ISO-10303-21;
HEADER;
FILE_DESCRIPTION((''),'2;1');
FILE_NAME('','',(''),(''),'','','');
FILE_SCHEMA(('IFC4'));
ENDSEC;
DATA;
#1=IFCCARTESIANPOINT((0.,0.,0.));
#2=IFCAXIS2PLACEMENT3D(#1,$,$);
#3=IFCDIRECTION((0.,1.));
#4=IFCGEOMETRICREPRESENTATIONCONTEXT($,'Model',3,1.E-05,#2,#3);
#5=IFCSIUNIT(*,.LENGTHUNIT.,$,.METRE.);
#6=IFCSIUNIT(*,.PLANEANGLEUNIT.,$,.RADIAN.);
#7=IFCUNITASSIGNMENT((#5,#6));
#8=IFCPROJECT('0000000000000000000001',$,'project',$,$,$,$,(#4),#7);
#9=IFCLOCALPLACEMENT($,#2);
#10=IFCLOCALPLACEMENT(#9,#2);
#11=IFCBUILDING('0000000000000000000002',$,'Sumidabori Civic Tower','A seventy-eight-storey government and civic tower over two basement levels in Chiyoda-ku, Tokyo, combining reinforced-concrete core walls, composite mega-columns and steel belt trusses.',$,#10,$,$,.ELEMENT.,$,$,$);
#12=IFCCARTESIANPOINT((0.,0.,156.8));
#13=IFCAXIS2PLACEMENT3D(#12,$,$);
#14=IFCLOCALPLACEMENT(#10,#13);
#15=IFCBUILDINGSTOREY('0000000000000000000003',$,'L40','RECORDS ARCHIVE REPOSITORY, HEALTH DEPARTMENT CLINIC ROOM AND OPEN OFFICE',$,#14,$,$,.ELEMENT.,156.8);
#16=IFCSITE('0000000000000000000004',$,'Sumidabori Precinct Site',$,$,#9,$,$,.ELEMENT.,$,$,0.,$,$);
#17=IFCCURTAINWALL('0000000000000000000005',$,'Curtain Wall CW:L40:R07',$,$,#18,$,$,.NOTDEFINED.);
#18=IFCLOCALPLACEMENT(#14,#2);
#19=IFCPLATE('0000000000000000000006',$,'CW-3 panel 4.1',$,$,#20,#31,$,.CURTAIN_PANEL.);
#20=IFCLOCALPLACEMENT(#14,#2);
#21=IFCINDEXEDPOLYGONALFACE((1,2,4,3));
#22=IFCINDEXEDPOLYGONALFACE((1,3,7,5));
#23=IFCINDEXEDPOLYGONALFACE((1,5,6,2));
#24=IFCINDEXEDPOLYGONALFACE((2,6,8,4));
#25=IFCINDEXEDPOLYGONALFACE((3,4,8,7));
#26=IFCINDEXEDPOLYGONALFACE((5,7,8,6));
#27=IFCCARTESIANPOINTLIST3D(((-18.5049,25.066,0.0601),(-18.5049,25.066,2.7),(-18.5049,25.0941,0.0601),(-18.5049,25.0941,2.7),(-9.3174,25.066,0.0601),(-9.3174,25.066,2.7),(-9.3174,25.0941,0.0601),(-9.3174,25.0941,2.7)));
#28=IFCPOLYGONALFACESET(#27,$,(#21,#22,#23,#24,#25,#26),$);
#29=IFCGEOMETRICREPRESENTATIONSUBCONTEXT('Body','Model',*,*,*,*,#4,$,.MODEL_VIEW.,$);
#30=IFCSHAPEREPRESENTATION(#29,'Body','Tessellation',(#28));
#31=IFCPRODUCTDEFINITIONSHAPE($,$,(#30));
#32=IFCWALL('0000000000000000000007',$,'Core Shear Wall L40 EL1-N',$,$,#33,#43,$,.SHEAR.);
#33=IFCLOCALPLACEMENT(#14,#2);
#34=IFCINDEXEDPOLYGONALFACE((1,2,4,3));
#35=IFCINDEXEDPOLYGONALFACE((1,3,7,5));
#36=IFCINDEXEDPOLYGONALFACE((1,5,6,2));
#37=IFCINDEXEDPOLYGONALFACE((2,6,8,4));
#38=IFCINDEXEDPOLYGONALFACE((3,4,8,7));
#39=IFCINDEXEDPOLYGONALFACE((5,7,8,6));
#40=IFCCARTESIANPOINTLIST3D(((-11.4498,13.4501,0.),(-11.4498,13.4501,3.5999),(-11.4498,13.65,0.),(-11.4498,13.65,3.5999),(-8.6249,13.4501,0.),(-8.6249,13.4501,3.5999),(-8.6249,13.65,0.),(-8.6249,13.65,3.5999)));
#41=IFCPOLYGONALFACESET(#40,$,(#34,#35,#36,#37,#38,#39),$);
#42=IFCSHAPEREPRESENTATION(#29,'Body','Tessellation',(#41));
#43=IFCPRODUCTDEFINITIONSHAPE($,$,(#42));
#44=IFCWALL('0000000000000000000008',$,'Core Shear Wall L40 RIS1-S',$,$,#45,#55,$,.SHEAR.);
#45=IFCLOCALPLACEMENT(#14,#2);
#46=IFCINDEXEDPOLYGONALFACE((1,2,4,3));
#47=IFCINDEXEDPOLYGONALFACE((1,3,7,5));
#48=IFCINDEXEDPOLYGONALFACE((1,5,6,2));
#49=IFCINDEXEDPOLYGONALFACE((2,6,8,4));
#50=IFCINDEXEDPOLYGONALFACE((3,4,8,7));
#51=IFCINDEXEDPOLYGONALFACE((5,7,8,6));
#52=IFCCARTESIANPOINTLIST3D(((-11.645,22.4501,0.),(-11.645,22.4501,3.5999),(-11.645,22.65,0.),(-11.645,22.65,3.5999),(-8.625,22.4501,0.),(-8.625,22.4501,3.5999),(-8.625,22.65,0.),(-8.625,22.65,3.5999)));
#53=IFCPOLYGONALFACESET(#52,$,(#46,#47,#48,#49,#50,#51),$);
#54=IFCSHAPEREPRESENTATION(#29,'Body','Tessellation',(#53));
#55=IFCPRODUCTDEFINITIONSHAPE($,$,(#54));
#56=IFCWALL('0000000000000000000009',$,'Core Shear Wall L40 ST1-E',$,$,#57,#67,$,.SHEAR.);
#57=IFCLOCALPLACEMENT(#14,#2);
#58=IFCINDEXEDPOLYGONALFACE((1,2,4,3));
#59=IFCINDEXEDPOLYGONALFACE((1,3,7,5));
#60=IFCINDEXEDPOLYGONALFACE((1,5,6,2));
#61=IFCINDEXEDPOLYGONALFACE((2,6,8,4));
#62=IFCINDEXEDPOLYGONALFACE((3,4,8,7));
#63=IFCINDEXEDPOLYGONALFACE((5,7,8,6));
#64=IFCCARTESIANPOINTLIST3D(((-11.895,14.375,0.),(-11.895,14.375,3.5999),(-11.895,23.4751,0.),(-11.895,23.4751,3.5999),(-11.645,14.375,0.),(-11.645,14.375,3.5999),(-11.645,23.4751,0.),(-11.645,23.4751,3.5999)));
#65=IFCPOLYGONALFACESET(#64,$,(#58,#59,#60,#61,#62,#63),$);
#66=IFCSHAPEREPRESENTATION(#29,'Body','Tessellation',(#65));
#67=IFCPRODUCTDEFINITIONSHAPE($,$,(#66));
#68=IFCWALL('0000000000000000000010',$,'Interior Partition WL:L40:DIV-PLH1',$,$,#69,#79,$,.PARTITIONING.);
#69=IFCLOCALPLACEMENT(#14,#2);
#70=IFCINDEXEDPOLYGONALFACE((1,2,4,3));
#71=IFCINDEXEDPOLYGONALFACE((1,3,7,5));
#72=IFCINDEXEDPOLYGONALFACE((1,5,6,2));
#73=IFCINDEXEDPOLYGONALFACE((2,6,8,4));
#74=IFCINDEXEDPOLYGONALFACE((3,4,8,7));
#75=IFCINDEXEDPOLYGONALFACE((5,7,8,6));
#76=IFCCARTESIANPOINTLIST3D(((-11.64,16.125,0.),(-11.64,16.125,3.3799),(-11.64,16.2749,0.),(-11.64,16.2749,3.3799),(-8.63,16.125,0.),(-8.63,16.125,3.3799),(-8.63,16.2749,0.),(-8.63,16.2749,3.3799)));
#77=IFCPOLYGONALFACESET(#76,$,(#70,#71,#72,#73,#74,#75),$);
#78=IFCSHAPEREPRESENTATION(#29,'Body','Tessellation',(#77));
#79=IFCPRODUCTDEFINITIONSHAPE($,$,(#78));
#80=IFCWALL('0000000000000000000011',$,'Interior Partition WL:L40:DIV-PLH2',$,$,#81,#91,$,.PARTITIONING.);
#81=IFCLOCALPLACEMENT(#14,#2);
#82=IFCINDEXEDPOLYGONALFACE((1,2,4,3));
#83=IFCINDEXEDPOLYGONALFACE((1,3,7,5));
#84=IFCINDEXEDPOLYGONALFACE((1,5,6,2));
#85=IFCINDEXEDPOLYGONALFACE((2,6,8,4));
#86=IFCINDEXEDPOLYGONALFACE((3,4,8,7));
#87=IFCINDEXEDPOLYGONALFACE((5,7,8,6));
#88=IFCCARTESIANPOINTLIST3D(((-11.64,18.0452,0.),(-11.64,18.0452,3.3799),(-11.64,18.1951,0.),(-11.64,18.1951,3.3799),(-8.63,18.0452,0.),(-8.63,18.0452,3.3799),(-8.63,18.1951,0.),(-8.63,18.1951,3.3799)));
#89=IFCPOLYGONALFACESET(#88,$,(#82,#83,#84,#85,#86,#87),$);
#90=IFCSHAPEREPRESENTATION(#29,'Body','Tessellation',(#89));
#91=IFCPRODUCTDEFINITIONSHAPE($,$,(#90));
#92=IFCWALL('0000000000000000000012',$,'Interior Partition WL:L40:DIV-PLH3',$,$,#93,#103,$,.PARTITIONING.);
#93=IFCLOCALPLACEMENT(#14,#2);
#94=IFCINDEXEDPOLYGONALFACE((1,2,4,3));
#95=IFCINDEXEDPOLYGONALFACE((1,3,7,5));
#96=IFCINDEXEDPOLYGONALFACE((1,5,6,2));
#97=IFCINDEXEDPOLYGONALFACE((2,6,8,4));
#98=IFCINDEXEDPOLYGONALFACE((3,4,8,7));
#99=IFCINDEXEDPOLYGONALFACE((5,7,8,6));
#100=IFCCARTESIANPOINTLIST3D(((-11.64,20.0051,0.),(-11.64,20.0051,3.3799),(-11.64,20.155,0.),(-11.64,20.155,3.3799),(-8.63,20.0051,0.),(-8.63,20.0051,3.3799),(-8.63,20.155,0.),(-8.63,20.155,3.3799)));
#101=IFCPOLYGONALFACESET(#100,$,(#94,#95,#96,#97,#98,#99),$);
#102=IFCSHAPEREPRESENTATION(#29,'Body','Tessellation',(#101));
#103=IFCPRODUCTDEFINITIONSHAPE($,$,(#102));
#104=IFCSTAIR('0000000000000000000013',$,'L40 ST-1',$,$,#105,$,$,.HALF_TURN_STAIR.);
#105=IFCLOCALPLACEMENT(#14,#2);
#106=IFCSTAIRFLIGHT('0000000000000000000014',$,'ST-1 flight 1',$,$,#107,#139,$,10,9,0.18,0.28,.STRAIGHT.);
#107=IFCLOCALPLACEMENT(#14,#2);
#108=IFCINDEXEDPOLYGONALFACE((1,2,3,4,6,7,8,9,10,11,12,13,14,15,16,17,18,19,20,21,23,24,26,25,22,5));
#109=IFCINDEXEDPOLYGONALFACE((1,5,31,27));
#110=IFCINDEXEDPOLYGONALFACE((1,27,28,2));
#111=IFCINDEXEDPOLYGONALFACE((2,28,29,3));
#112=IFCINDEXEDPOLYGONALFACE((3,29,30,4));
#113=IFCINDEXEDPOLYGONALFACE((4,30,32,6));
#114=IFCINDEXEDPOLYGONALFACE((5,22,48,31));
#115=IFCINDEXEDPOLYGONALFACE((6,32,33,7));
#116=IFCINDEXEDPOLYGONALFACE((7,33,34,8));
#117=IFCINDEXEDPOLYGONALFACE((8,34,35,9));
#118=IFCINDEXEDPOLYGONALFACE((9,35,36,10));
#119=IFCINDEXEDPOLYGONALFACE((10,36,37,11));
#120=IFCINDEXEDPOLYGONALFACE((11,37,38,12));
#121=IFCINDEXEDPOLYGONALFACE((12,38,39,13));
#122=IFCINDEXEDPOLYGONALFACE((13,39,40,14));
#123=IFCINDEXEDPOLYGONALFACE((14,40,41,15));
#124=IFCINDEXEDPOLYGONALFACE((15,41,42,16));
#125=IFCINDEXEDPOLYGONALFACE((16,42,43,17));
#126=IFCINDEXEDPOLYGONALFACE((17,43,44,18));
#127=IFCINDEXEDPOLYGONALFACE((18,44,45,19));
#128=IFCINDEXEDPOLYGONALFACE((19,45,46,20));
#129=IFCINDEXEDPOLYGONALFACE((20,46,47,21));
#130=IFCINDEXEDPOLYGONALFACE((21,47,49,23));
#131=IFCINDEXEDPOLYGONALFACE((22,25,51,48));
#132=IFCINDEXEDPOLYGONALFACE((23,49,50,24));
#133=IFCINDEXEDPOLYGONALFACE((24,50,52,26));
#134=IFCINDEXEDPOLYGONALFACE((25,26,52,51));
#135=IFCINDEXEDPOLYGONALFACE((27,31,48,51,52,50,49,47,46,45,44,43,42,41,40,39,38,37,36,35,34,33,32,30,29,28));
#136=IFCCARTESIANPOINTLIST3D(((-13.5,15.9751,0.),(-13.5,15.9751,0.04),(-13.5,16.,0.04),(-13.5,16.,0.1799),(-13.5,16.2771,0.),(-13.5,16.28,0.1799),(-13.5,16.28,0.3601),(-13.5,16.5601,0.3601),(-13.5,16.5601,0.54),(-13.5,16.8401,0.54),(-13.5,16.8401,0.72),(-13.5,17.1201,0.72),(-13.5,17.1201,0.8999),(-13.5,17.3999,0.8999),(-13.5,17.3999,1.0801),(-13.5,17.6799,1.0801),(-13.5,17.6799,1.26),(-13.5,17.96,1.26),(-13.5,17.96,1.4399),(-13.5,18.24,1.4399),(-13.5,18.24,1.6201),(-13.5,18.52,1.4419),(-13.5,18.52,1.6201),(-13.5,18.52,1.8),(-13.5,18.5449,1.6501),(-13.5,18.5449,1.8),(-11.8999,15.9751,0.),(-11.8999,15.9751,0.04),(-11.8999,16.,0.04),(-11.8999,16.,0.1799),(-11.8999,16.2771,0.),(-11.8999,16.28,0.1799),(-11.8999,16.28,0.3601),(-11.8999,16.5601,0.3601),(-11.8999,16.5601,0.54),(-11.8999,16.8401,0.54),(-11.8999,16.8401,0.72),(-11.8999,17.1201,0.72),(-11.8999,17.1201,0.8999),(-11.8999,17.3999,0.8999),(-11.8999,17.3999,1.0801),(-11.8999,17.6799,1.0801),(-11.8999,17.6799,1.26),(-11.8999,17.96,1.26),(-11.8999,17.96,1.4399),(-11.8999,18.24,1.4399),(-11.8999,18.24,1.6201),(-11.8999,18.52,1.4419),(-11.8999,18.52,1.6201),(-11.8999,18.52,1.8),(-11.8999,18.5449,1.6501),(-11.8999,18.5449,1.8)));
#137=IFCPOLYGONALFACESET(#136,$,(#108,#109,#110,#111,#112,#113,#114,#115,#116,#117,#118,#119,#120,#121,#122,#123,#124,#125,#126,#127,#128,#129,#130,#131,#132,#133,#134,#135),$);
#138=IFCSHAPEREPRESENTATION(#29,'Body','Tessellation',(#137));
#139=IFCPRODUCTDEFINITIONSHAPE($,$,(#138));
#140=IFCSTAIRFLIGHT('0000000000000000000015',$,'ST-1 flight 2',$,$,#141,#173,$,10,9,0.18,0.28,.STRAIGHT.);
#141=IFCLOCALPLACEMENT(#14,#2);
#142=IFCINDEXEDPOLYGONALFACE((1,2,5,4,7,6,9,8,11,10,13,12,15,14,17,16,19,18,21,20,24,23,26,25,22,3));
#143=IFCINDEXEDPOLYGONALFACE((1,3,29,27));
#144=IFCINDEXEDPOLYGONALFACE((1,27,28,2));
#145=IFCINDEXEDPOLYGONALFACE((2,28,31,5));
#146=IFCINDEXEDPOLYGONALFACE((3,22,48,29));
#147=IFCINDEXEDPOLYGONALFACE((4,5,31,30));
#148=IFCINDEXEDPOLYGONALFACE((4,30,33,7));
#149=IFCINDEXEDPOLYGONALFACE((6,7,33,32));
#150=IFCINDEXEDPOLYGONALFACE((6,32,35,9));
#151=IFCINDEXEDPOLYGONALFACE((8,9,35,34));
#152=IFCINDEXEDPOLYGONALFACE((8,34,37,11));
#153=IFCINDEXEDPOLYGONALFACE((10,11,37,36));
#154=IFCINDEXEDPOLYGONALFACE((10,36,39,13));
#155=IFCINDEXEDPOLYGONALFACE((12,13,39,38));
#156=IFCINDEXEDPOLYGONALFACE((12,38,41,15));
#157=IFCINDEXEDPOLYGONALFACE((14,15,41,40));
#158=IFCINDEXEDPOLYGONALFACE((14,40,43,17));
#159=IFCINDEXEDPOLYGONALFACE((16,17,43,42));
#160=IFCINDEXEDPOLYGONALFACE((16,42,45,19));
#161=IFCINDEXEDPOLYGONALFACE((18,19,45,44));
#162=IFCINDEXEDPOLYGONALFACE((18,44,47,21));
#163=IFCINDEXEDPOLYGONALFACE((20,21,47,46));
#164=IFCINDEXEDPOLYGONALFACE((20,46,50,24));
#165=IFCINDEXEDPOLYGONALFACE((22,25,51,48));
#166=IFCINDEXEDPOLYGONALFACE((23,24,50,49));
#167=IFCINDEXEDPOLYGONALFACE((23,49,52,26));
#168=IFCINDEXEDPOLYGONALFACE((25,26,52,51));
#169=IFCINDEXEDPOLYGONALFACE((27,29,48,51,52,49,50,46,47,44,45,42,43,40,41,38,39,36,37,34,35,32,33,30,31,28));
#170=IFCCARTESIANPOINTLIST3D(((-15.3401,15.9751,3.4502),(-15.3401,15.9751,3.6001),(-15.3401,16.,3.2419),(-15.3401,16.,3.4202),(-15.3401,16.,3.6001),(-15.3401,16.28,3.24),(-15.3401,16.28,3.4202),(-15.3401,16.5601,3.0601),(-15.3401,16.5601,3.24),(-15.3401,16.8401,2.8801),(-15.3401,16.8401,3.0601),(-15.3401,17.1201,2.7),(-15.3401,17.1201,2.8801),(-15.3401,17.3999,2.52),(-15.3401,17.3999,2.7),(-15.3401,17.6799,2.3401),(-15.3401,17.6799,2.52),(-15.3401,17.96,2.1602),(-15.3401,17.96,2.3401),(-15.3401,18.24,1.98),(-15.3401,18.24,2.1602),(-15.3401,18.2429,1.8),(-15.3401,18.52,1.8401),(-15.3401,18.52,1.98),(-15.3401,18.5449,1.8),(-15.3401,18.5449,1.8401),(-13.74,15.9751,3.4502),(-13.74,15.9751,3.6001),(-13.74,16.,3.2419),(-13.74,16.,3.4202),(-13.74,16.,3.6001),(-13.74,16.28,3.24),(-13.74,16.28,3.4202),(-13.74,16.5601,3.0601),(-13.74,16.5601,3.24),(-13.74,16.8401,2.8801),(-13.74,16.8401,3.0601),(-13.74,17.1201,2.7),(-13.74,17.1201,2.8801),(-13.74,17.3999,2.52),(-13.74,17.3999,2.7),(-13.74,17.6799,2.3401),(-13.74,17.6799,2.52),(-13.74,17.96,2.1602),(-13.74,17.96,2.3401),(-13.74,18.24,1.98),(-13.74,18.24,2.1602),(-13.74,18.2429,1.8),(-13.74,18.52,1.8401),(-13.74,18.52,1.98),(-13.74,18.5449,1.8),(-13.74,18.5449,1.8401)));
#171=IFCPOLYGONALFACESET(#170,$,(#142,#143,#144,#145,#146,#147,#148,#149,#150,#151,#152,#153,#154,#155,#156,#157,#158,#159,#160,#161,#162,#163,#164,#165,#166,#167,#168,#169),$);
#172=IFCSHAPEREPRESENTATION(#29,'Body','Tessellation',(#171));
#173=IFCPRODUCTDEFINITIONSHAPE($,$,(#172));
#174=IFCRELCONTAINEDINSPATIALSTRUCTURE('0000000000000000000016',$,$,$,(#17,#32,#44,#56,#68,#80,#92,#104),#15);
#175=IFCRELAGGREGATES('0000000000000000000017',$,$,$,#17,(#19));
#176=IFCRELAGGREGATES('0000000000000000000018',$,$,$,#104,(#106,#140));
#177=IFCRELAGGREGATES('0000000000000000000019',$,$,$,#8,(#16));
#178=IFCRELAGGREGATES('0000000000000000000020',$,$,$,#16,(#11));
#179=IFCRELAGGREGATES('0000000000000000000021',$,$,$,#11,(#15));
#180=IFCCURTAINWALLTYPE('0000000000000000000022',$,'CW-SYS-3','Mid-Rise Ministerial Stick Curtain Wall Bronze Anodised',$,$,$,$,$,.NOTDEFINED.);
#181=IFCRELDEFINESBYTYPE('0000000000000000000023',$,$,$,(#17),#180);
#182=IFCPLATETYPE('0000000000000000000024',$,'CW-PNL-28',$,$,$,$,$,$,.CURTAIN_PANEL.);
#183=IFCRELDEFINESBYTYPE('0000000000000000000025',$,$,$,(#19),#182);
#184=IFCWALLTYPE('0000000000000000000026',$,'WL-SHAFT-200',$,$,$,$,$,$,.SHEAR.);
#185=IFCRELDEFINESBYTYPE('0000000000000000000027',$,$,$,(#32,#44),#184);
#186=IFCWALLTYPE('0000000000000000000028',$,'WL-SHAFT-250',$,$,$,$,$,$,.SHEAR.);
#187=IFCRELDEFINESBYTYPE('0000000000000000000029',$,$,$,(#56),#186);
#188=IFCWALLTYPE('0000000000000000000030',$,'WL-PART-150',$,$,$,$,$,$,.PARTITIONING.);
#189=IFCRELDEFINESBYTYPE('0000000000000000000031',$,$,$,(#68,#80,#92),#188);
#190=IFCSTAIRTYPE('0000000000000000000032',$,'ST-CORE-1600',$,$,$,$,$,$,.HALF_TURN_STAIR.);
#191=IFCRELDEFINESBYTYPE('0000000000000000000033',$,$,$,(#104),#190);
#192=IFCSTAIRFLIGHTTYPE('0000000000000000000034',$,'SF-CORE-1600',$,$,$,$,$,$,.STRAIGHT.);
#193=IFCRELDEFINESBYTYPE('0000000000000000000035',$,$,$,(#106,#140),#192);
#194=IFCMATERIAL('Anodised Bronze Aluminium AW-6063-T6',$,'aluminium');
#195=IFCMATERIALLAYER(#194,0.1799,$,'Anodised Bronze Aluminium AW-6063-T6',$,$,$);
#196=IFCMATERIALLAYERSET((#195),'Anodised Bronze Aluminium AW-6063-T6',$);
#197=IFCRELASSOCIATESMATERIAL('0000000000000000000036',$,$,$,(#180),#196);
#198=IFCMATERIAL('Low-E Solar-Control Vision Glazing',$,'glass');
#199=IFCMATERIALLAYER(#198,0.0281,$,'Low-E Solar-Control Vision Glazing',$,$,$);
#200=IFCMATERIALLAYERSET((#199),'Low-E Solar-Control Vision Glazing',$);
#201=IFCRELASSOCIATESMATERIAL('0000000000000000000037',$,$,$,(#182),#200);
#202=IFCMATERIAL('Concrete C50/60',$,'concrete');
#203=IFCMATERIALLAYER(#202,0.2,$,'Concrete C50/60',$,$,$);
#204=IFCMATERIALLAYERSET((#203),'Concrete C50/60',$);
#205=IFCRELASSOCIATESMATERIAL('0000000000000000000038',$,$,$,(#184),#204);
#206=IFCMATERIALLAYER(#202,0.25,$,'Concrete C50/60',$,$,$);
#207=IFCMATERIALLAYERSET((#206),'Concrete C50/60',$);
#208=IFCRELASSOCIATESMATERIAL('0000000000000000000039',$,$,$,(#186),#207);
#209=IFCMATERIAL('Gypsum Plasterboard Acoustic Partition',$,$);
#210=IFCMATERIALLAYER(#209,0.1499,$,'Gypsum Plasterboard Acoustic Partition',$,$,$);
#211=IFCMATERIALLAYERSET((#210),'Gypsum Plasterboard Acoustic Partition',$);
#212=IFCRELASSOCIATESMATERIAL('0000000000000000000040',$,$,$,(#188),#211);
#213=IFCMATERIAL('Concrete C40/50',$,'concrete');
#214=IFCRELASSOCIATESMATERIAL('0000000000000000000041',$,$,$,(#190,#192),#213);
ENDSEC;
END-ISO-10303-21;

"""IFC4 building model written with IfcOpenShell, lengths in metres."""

from ifc_helpers import new_model, si_unit, direction, frame, frame_2d, origin, origin_2d, place, context, subcontext, project, spatial, polyline, rectangle, outline, extrude, source, transform, mapped, material, layer, layer_set, type_object, element, aggregate, save


model = new_model("IFC4")

# Units and contexts
model_context = context("Model", 3, precision=1e-05, world=origin(), true_north=direction((0.0, 1.0)))
body_context = subcontext(model_context, "Body", "Model", "MODEL_VIEW")
ifc_project = project(units=[si_unit("LENGTHUNIT", "METRE"), si_unit("PLANEANGLEUNIT", "RADIAN")], contexts=[model_context])

# Site, building, storey
site_placement = place(None, origin())
site = spatial("IfcSite", under=ifc_project, at=site_placement, Name="Sumidabori Precinct Site", CompositionType="ELEMENT", RefElevation=0.0)
building_placement = place(site_placement, origin())
building = spatial("IfcBuilding", under=site, at=building_placement, Name="Sumidabori Civic Tower", Description="A seventy-eight-storey government and civic tower over two basement levels in Chiyoda-ku, Tokyo, combining reinforced-concrete core walls, composite mega-columns and steel belt trusses.", CompositionType="ELEMENT")
storey_placement = place(building_placement, frame((0.0, 0.0, 156.8)))
storey = spatial("IfcBuildingStorey", under=building, at=storey_placement, Name="L40", Description="RECORDS ARCHIVE REPOSITORY, HEALTH DEPARTMENT CLINIC ROOM AND OPEN OFFICE", CompositionType="ELEMENT", Elevation=156.8)

# Curtain wall, plate
ifc_material_1 = material(Name="Anodised Bronze Aluminium AW-6063-T6", Category="aluminium")
ifc_layer_1 = layer(ifc_material_1, 0.1799, Name="Anodised Bronze Aluminium AW-6063-T6")
ifc_layer_set_1 = layer_set([ifc_layer_1], Name="Anodised Bronze Aluminium AW-6063-T6")
curtain_wall_type = type_object("IfcCurtainWallType", Name="CW-SYS-3", Description="Mid-Rise Ministerial Stick Curtain Wall Bronze Anodised", PredefinedType="NOTDEFINED", material=ifc_layer_set_1)
curtain_wall_placement = place(storey_placement, origin())
curtain_wall = element("IfcCurtainWall", 1, at=curtain_wall_placement, inside=storey, type_object=curtain_wall_type, Name="Curtain Wall CW:L40:R07", PredefinedType="NOTDEFINED")
ifc_material_2 = material(Name="Low-E Solar-Control Vision Glazing", Category="glass")
ifc_layer_2 = layer(ifc_material_2, 0.0281, Name="Low-E Solar-Control Vision Glazing")
ifc_layer_set_2 = layer_set([ifc_layer_2], Name="Low-E Solar-Control Vision Glazing")
plate_type = type_object("IfcPlateType", Name="CW-PNL-28", PredefinedType="CURTAIN_PANEL", material=ifc_layer_set_2)
shared_shape_1 = source(origin(), body_context, "Body", "SweptSolid", [
    extrude(rectangle(XDim=9.1875, YDim=0.0281, at=origin_2d()), origin(), (0.0, 0.0, 1.0), 2.6399),
])
plate_placement = place(storey_placement, frame((-13.9111, 25.0801, 0.0601), z_axis=(0.0, 0.0, 1.0), x_axis=(-1.0, 0.0, 0.0)))
plate = element("IfcPlate", 2, at=plate_placement, type_object=plate_type, Name="CW-3 panel 4.1", PredefinedType="CURTAIN_PANEL", context=body_context, shape_type="MappedRepresentation", body=[
    mapped(shared_shape_1, transform((0.0, 0.0, 0.0), x_axis=(1.0, 0.0, 0.0), y_axis=(0.0, 1.0, 0.0), z_axis=(0.0, 0.0, 1.0), scale=1.0)),
])
aggregate(curtain_wall, [plate])

# Walls
ifc_material_3 = material(Name="Concrete C50/60", Category="concrete")
ifc_layer_3 = layer(ifc_material_3, 0.2, Name="Concrete C50/60")
ifc_layer_set_3 = layer_set([ifc_layer_3], Name="Concrete C50/60")
wall_type_1 = type_object("IfcWallType", Name="WL-SHAFT-200", PredefinedType="SHEAR", material=ifc_layer_set_3)
shared_shape_2 = source(origin(), body_context, "Body", "SweptSolid", [
    extrude(rectangle(XDim=2.825, YDim=0.2, at=frame_2d((1.4126, 0.0))), origin(), (0.0, 0.0, 1.0), 3.5999),
])
wall_1_placement = place(storey_placement, frame((-11.45, 13.55, 0.0), z_axis=(0.0, 0.0, 1.0), x_axis=(1.0, 0.0, 0.0)))
element("IfcWall", 3, at=wall_1_placement, inside=storey, type_object=wall_type_1, Name="Core Shear Wall L40 EL1-N", PredefinedType="SHEAR", context=body_context, shape_type="MappedRepresentation", body=[
    mapped(shared_shape_2, transform((0.0, 0.0, 0.0), x_axis=(1.0, 0.0, 0.0), y_axis=(0.0, 1.0, 0.0), z_axis=(0.0, 0.0, 1.0), scale=1.0)),
])
shared_shape_3 = source(origin(), body_context, "Body", "SweptSolid", [
    extrude(rectangle(XDim=3.02, YDim=0.2, at=frame_2d((1.51, 0.0))), origin(), (0.0, 0.0, 1.0), 3.5999),
])
wall_2_placement = place(storey_placement, frame((-11.645, 22.55, 0.0), z_axis=(0.0, 0.0, 1.0), x_axis=(1.0, 0.0, 0.0)))
element("IfcWall", 4, at=wall_2_placement, inside=storey, type_object=wall_type_1, Name="Core Shear Wall L40 RIS1-S", PredefinedType="SHEAR", context=body_context, shape_type="MappedRepresentation", body=[
    mapped(shared_shape_3, transform((0.0, 0.0, 0.0), x_axis=(1.0, 0.0, 0.0), y_axis=(0.0, 1.0, 0.0), z_axis=(0.0, 0.0, 1.0), scale=1.0)),
])

# Shared definitions
ifc_layer_4 = layer(ifc_material_3, 0.25, Name="Concrete C50/60")
ifc_layer_set_4 = layer_set([ifc_layer_4], Name="Concrete C50/60")
wall_type_2 = type_object("IfcWallType", Name="WL-SHAFT-250", PredefinedType="SHEAR", material=ifc_layer_set_4)

# Wall
shared_shape_4 = source(origin(), body_context, "Body", "SweptSolid", [
    extrude(rectangle(XDim=9.1001, YDim=0.25, at=frame_2d((4.55, 0.0))), origin(), (0.0, 0.0, 1.0), 3.5999),
])
wall_3_placement = place(storey_placement, frame((-11.77, 14.375, 0.0), z_axis=(0.0, 0.0, 1.0), x_axis=(0.0, 1.0, 0.0)))
element("IfcWall", 5, at=wall_3_placement, inside=storey, type_object=wall_type_2, Name="Core Shear Wall L40 ST1-E", PredefinedType="SHEAR", context=body_context, shape_type="MappedRepresentation", body=[
    mapped(shared_shape_4, transform((0.0, 0.0, 0.0), x_axis=(1.0, 0.0, 0.0), y_axis=(0.0, 1.0, 0.0), z_axis=(0.0, 0.0, 1.0), scale=1.0)),
])

# Walls
ifc_material_4 = material(Name="Gypsum Plasterboard Acoustic Partition")
ifc_layer_5 = layer(ifc_material_4, 0.1499, Name="Gypsum Plasterboard Acoustic Partition")
ifc_layer_set_5 = layer_set([ifc_layer_5], Name="Gypsum Plasterboard Acoustic Partition")
wall_type_3 = type_object("IfcWallType", Name="WL-PART-150", PredefinedType="PARTITIONING", material=ifc_layer_set_5)
shared_shape_5 = source(origin(), body_context, "Body", "SweptSolid", [
    extrude(rectangle(XDim=3.01, YDim=0.1499, at=frame_2d((1.5049, 0.0))), origin(), (0.0, 0.0, 1.0), 3.3799),
])
for number, where, z_axis, x_axis, name in (
    (6, (-11.6399, 16.2, 0.0), (0.0, 0.0, 1.0), (1.0, 0.0, 0.0), "Interior Partition WL:L40:DIV-PLH1"),
    (7, (-11.6399, 18.1201, 0.0), (0.0, 0.0, 1.0), (1.0, 0.0, 0.0), "Interior Partition WL:L40:DIV-PLH2"),
    (8, (-11.6399, 20.0801, 0.0), (0.0, 0.0, 1.0), (1.0, 0.0, 0.0), "Interior Partition WL:L40:DIV-PLH3"),
):
    element("IfcWall", number, at=place(storey_placement, frame(where, z_axis=z_axis, x_axis=x_axis)), inside=storey, type_object=wall_type_3, Name=name, PredefinedType="PARTITIONING", context=body_context, shape_type="MappedRepresentation", body=[
        mapped(shared_shape_5, transform((0.0, 0.0, 0.0), x_axis=(1.0, 0.0, 0.0), y_axis=(0.0, 1.0, 0.0), z_axis=(0.0, 0.0, 1.0), scale=1.0)),
    ])

# Stair, stair flights
ifc_material_5 = material(Name="Concrete C40/50", Category="concrete")
stair_type = type_object("IfcStairType", Name="ST-CORE-1600", PredefinedType="HALF_TURN_STAIR", material=ifc_material_5)
stair_placement = place(storey_placement, origin())
stair = element("IfcStair", 9, at=stair_placement, inside=storey, type_object=stair_type, Name="L40 ST-1", PredefinedType="HALF_TURN_STAIR")
stair_flight_type = type_object("IfcStairFlightType", Name="SF-CORE-1600", PredefinedType="STRAIGHT", material=ifc_material_5)
shared_shape_6 = source(origin(), body_context, "Body", "SweptSolid", [
    extrude(outline(polyline([(-0.0249, 0.0), (-0.0249, 0.04), (0.0, 0.04), (0.0, 0.1799), (0.28, 0.1799), (0.28, 0.3601), (0.5601, 0.3601), (0.5601, 0.54), (0.8401, 0.54), (0.8401, 0.72), (1.1201, 0.72), (1.1201, 0.8999), (1.3999, 0.8999), (1.3999, 1.0801), (1.6799, 1.0801), (1.6799, 1.26), (1.96, 1.26), (1.96, 1.4399), (2.24, 1.4399), (2.24, 1.6201), (2.52, 1.6201), (2.52, 1.8), (2.5449, 1.8), (2.5449, 1.6501), (2.52, 1.4419), (0.2771, 0.0), (-0.0249, 0.0)])), frame((0.0, 0.8, 0.0), z_axis=(0.0, -1.0, 0.0), x_axis=(1.0, 0.0, 0.0)), (0.0, 0.0, 1.0), 1.6001),
])
stair_flight_1_placement = place(storey_placement, frame((-12.7, 16.0, 0.0), z_axis=(0.0, 0.0, 1.0), x_axis=(0.0, 1.0, 0.0)))
stair_flight_1 = element("IfcStairFlight", 10, at=stair_flight_1_placement, type_object=stair_flight_type, Name="ST-1 flight 1", NumberOfRisers=10, NumberOfTreads=9, PredefinedType="STRAIGHT", RiserHeight=0.18, TreadLength=0.28, context=body_context, shape_type="MappedRepresentation", body=[
    mapped(shared_shape_6, transform((0.0, 0.0, 0.0), x_axis=(1.0, 0.0, 0.0), y_axis=(0.0, 1.0, 0.0), z_axis=(0.0, 0.0, 1.0), scale=1.0)),
])
stair_flight_2_placement = place(storey_placement, frame((-14.54, 18.52, 1.8), z_axis=(0.0, 0.0, 1.0), x_axis=(0.0, -1.0, 0.0)))
stair_flight_2 = element("IfcStairFlight", 11, at=stair_flight_2_placement, type_object=stair_flight_type, Name="ST-1 flight 2", NumberOfRisers=10, NumberOfTreads=9, PredefinedType="STRAIGHT", RiserHeight=0.18, TreadLength=0.28, context=body_context, shape_type="MappedRepresentation", body=[
    mapped(shared_shape_6, transform((0.0, 0.0, 0.0), x_axis=(1.0, 0.0, 0.0), y_axis=(0.0, 1.0, 0.0), z_axis=(0.0, 0.0, 1.0), scale=1.0)),
])
aggregate(stair, [stair_flight_1, stair_flight_2])

save(model, "model.ifc")
